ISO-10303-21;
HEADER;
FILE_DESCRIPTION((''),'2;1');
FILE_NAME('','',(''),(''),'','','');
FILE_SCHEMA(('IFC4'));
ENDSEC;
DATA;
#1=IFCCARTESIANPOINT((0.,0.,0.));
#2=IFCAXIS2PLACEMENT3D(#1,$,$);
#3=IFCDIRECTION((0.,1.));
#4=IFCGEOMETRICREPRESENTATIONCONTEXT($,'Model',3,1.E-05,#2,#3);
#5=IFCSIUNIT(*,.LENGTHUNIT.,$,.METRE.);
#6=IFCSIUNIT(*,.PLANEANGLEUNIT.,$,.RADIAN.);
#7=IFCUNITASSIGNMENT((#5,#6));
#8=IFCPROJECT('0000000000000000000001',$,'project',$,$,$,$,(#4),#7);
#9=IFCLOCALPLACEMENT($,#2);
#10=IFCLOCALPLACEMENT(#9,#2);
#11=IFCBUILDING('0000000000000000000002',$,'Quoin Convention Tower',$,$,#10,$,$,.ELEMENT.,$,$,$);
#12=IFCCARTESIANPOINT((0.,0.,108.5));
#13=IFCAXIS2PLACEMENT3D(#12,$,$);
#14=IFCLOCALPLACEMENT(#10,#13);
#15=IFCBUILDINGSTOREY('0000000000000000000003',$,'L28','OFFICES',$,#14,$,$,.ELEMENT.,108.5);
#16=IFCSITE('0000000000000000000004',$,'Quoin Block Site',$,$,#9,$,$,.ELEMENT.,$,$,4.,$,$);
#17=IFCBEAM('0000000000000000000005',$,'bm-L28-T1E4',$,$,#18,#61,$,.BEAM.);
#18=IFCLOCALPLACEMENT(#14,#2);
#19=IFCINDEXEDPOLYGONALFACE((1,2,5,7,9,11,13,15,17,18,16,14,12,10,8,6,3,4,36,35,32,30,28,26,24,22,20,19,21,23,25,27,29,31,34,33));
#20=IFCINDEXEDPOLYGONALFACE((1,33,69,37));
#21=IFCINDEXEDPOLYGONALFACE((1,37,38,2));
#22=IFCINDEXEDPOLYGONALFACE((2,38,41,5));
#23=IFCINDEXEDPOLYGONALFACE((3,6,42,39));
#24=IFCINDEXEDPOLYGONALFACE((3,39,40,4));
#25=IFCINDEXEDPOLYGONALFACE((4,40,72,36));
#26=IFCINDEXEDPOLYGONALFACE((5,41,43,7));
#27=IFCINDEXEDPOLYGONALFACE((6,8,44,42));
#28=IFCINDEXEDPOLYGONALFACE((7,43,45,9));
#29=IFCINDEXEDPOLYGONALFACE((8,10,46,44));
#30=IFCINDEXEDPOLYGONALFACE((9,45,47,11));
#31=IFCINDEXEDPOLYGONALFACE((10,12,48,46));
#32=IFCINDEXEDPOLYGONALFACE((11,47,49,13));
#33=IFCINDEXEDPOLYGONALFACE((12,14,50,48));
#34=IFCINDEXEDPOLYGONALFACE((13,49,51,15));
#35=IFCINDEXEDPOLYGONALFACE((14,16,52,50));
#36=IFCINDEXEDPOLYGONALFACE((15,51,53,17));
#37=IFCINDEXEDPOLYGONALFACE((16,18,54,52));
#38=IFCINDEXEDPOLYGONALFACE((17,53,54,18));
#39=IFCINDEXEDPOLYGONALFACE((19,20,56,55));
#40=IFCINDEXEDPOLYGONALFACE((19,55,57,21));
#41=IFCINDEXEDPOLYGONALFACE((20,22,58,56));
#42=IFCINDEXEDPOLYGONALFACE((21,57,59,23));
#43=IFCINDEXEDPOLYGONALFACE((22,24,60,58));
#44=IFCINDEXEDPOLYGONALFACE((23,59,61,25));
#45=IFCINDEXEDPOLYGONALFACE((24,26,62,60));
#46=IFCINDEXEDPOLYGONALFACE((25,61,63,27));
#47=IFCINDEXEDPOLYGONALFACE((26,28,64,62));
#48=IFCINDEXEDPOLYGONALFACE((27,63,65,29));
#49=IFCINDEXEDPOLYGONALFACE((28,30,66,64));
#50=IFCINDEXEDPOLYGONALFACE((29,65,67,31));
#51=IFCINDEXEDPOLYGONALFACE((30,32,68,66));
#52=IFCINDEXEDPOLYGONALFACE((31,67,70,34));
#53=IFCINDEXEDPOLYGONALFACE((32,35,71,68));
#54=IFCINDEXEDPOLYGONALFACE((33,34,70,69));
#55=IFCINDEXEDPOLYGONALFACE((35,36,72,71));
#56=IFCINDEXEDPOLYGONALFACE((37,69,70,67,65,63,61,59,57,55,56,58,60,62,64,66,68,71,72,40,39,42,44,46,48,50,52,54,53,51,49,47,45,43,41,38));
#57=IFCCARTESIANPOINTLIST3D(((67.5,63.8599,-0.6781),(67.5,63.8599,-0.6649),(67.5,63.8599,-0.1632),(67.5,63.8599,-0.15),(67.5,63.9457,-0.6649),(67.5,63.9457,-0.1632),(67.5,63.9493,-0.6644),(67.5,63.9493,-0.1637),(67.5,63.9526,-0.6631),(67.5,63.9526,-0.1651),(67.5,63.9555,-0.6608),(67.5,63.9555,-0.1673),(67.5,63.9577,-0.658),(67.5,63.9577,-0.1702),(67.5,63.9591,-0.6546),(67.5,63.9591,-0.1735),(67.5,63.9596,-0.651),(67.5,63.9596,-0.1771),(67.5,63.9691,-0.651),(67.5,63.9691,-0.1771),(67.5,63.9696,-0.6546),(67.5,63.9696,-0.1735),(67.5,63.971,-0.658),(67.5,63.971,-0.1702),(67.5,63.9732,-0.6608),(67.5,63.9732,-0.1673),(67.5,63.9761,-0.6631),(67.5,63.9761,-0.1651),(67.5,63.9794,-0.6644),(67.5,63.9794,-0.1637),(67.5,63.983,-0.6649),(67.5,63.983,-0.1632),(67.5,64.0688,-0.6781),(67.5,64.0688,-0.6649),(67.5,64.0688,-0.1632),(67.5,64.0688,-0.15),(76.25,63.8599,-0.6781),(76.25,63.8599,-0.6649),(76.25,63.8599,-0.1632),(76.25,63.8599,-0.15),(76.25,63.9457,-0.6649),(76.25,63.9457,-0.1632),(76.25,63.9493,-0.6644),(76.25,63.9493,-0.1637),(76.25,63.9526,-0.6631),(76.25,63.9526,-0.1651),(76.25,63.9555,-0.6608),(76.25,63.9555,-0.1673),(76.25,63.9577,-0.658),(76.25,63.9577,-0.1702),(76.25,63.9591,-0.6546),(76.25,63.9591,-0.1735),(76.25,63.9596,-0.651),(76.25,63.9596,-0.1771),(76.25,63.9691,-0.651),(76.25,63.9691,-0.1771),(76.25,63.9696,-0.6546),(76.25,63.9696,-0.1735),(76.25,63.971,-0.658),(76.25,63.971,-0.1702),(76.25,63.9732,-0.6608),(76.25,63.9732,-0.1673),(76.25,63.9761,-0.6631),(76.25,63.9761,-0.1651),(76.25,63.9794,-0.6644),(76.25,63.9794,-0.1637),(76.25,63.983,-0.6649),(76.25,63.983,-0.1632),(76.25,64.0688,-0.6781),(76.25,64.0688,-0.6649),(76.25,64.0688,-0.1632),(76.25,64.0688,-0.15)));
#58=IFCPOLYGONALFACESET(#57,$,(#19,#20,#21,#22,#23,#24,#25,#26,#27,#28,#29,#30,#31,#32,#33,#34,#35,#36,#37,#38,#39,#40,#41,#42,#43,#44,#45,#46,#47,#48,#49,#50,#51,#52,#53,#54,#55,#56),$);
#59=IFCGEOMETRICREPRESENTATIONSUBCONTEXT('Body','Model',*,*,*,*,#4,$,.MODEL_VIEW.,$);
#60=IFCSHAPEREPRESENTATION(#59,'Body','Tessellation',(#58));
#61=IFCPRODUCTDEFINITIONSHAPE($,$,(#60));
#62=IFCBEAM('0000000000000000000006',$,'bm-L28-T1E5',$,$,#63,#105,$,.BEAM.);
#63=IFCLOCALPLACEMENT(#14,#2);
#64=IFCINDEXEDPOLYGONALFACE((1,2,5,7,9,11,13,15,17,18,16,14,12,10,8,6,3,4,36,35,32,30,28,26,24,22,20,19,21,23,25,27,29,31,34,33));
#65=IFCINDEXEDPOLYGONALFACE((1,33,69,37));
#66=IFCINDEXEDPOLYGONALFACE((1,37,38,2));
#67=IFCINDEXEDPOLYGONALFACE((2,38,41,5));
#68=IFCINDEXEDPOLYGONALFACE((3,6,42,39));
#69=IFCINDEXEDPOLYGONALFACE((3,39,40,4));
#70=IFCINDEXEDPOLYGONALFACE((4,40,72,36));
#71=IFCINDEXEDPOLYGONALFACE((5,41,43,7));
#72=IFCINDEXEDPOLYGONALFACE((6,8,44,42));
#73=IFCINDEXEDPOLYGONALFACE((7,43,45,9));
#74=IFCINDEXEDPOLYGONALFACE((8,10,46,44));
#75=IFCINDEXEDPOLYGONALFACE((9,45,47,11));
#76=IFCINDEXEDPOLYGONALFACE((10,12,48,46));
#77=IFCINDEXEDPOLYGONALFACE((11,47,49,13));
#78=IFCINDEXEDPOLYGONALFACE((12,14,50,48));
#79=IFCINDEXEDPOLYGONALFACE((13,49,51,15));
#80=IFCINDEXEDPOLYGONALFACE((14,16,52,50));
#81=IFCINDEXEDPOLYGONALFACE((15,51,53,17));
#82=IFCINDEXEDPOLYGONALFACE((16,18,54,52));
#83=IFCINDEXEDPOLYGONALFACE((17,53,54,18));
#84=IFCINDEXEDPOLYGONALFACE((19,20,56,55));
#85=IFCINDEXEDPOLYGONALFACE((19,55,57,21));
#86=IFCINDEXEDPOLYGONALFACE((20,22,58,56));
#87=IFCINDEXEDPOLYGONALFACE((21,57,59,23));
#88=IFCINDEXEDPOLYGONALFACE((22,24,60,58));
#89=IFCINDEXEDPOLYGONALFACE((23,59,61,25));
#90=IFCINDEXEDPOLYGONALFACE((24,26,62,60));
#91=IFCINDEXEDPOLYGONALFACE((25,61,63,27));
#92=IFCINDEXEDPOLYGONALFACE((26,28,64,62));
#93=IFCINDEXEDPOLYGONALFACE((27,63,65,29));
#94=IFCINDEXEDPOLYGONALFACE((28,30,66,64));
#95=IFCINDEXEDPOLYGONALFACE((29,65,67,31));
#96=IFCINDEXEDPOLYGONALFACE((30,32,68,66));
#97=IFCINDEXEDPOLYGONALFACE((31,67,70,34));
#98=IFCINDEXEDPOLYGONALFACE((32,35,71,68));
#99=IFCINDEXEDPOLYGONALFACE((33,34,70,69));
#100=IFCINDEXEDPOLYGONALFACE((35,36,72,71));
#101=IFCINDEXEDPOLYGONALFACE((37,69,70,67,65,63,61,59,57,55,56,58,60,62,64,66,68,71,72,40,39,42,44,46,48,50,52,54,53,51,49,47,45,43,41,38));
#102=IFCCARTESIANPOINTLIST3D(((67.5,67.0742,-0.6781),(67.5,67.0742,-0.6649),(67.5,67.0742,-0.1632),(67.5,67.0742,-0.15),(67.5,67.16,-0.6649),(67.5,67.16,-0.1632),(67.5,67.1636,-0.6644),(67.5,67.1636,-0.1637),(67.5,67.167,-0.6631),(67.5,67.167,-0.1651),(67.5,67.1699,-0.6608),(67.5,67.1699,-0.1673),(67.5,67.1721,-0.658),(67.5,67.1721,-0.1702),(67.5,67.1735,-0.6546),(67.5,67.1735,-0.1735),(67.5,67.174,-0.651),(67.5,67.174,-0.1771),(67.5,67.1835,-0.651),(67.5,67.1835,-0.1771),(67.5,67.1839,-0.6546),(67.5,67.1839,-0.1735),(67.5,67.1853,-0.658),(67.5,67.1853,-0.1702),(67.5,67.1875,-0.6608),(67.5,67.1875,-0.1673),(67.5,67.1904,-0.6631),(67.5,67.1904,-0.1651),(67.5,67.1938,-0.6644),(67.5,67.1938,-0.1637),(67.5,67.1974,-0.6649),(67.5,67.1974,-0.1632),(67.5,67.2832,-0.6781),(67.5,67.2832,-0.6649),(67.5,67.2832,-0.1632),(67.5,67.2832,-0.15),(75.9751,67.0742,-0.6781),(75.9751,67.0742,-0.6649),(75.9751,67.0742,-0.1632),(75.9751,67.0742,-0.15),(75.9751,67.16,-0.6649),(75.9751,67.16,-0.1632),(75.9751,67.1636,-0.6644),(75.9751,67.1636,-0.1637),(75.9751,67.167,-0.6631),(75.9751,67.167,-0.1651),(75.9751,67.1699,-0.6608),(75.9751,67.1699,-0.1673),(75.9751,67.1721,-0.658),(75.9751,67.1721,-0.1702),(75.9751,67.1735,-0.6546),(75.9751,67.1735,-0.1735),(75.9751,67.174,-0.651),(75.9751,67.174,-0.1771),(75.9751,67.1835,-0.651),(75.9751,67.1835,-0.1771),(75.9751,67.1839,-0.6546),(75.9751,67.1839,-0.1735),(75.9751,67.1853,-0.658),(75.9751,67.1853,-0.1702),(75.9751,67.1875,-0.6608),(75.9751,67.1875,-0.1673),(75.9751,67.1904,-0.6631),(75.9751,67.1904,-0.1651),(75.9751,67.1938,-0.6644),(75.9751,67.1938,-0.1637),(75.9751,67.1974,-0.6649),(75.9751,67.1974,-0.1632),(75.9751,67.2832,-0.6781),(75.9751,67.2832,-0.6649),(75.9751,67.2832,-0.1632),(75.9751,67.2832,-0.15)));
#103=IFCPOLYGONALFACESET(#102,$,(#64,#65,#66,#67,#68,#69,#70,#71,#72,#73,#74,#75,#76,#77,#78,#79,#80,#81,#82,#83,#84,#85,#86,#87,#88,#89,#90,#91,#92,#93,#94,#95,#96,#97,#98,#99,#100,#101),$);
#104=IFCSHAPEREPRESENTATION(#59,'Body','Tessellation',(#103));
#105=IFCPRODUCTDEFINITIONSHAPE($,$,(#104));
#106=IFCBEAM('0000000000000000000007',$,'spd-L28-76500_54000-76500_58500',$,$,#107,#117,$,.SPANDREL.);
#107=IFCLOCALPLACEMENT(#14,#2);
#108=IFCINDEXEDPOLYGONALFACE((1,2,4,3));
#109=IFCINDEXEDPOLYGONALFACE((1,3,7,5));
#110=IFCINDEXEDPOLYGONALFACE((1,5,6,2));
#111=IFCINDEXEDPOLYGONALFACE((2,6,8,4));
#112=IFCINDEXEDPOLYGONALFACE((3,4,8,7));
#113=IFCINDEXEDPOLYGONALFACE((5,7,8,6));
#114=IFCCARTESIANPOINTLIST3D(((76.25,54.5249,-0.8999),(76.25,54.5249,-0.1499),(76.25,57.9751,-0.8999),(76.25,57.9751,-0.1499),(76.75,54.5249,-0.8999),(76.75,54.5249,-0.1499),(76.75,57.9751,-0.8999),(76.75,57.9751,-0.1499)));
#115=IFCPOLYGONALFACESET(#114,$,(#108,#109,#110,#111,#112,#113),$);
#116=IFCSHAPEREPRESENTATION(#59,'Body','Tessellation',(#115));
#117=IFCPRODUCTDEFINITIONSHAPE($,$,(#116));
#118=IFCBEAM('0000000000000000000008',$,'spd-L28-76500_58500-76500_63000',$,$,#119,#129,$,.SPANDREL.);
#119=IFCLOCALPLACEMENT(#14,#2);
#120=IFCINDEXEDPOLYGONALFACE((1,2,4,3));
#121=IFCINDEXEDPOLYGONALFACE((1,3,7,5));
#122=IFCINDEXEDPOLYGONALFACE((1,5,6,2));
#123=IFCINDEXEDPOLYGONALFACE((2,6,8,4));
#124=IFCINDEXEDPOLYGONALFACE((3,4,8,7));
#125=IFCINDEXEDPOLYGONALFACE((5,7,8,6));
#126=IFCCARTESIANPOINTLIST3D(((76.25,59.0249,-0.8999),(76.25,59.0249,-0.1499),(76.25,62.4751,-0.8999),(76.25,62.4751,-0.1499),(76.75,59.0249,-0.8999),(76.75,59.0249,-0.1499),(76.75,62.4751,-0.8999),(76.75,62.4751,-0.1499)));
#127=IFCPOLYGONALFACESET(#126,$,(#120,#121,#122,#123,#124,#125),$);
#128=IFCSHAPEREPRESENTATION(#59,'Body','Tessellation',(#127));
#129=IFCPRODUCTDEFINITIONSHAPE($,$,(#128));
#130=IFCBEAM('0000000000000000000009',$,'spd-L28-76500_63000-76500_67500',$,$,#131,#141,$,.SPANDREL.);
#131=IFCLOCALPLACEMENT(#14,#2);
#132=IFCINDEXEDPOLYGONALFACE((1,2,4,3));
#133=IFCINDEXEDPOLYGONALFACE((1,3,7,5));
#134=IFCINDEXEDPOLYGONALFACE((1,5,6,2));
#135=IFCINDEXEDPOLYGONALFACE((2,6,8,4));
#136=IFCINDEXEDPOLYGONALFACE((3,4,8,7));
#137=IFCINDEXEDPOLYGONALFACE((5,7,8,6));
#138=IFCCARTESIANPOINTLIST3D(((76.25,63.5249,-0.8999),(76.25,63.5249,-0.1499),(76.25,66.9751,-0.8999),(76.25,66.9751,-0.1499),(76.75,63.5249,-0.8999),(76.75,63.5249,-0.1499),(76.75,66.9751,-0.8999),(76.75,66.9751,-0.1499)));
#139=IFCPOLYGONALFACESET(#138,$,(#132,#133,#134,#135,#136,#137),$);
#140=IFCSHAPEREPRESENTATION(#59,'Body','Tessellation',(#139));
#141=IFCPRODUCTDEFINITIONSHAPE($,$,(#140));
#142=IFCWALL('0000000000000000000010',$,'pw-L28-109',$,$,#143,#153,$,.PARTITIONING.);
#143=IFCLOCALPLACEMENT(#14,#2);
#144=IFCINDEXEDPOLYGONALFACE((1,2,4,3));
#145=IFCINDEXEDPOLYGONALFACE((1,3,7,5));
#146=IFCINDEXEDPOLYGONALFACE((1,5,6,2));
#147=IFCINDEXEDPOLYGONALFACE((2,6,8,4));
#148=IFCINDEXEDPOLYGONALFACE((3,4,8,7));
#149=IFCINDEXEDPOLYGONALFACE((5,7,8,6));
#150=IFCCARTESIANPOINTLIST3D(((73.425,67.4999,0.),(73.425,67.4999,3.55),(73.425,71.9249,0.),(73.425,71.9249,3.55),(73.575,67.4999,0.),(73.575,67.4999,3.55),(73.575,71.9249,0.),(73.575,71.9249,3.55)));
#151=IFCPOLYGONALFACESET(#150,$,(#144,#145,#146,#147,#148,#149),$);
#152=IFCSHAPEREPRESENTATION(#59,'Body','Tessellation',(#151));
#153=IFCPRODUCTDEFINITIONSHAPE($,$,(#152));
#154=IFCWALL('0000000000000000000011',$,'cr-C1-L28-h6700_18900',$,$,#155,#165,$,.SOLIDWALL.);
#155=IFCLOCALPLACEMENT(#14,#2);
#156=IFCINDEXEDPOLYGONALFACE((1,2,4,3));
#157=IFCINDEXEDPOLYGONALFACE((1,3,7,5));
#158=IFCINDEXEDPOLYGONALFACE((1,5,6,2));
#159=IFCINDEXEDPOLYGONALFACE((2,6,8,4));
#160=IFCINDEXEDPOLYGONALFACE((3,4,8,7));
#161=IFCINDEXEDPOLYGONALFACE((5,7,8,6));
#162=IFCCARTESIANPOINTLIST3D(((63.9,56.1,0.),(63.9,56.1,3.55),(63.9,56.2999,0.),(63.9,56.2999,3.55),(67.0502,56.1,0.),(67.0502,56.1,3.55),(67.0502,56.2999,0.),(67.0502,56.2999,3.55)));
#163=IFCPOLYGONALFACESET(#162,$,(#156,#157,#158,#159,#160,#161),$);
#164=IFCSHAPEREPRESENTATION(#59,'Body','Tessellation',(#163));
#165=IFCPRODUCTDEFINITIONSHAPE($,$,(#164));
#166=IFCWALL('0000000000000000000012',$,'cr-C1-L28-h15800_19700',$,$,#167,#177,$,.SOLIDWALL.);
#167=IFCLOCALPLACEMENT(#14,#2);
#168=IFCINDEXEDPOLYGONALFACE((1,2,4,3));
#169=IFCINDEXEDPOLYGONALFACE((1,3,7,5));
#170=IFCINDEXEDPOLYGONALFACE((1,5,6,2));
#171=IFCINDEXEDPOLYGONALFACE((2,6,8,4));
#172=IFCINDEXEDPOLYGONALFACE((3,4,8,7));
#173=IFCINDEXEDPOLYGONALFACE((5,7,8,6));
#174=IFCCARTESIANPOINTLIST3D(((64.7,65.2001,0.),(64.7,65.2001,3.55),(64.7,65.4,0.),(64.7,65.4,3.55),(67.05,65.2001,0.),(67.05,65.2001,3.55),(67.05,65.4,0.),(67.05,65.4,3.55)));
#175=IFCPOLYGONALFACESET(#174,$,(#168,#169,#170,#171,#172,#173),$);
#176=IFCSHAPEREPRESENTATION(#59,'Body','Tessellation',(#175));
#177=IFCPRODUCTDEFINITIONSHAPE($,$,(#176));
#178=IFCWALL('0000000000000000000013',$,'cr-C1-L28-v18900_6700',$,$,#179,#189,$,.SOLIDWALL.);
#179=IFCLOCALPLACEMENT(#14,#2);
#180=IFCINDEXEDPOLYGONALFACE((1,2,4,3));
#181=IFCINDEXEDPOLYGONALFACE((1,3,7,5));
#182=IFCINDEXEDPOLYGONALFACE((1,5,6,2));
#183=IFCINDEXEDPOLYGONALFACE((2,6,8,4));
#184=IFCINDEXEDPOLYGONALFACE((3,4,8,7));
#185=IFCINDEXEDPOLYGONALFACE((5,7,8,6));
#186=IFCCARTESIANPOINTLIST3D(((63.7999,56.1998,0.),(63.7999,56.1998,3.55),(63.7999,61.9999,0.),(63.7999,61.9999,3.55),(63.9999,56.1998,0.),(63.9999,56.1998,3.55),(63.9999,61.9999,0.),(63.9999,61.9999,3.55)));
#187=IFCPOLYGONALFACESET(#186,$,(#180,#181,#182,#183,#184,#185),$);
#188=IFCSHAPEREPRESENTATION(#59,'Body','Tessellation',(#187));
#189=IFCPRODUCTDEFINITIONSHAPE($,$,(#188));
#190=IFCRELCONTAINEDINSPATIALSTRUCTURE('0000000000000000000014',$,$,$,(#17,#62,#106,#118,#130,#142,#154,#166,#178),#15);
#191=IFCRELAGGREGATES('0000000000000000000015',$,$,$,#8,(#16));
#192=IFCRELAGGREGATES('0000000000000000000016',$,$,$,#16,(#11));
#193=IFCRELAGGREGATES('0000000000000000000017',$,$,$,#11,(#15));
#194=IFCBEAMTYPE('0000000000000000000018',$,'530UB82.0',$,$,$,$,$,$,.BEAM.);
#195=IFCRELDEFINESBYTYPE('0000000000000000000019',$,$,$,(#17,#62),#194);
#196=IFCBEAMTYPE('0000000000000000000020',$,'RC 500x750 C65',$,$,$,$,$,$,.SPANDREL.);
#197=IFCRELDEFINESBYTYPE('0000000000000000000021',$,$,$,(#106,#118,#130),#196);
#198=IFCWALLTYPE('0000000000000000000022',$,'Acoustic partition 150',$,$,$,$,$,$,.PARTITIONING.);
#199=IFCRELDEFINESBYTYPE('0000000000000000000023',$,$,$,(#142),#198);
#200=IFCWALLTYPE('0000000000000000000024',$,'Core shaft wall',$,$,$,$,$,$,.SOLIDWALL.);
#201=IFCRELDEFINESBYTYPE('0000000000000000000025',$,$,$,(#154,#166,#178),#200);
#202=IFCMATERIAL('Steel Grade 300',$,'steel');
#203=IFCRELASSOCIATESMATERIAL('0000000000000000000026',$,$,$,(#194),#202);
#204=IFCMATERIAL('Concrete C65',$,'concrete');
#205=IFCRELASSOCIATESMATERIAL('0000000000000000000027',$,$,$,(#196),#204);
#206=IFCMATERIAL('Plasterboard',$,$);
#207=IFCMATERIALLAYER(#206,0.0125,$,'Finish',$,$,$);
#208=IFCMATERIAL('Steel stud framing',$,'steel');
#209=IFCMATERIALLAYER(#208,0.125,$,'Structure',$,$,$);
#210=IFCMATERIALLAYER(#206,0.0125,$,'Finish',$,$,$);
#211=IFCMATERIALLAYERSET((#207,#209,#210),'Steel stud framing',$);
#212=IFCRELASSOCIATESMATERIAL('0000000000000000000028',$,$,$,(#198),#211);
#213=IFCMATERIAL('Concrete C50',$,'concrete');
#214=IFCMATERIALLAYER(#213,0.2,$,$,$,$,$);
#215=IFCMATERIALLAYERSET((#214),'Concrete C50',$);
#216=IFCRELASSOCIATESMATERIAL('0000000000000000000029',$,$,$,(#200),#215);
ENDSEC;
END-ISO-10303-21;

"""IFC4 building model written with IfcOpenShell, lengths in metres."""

from ifc_helpers import new_model, si_unit, direction, frame, frame_2d, origin, origin_2d, place, context, subcontext, project, spatial, rectangle, i_section, extrude, material, layer, layer_set, material_profile, profile_set, type_object, element, save


model = new_model("IFC4")

# Units and contexts
model_context = context("Model", 3, precision=1e-05, world=origin(), true_north=direction((0.0, 1.0)))
body_context = subcontext(model_context, "Body", "Model", "MODEL_VIEW")
ifc_project = project(units=[si_unit("LENGTHUNIT", "METRE"), si_unit("PLANEANGLEUNIT", "RADIAN")], contexts=[model_context])

# Site, building, storey
site_placement = place(None, origin())
site = spatial("IfcSite", under=ifc_project, at=site_placement, Name="Quoin Block Site", CompositionType="ELEMENT", RefElevation=4.0)
building_placement = place(site_placement, origin())
building = spatial("IfcBuilding", under=site, at=building_placement, Name="Quoin Convention Tower", CompositionType="ELEMENT")
storey_placement = place(building_placement, frame((0.0, 0.0, 108.5)))
storey = spatial("IfcBuildingStorey", under=building, at=storey_placement, Name="L28", Description="OFFICES", CompositionType="ELEMENT", Elevation=108.5)

# Shared definitions
ifc_material_1 = material(Name="Concrete C65", Category="concrete")

# Beams
ifc_material_2 = material(Name="Steel Grade 300", Category="steel")
ifc_material_profile_1 = material_profile(ifc_material_2, i_section(OverallWidth=0.209, OverallDepth=0.5281, WebThickness=0.0095, FlangeThickness=0.0132, FilletRadius=0.0139, at=origin_2d()), Name="530UB82.0")
ifc_profile_set_1 = profile_set([ifc_material_profile_1], Name="Steel Grade 300")
beam_type_1 = type_object("IfcBeamType", Name="530UB82.0", PredefinedType="BEAM", material=ifc_profile_set_1)
for number, where, z_axis, x_axis, name in (
    (1, (67.5, 63.9644, -0.4141), (1.0, 0.0, 0.0), (0.0, 1.0, 0.0), "bm-L28-T1E4"),
):
    element("IfcBeam", number, at=place(storey_placement, frame(where, z_axis=z_axis, x_axis=x_axis)), inside=storey, type_object=beam_type_1, Name=name, PredefinedType="BEAM", context=body_context, shape_type="SweptSolid", body=[
        extrude(i_section(OverallWidth=0.209, OverallDepth=0.5281, WebThickness=0.0095, FlangeThickness=0.0132, FilletRadius=0.0139, at=origin_2d()), origin(), (0.0, 0.0, 1.0), 8.75),
    ])
beam_1_placement = place(storey_placement, frame((67.5, 67.1787, -0.4141), z_axis=(1.0, 0.0, 0.0), x_axis=(0.0, 1.0, 0.0)))
element("IfcBeam", 2, at=beam_1_placement, inside=storey, type_object=beam_type_1, Name="bm-L28-T1E5", PredefinedType="BEAM", context=body_context, shape_type="SweptSolid", body=[
    extrude(i_section(OverallWidth=0.209, OverallDepth=0.5281, WebThickness=0.0095, FlangeThickness=0.0132, FilletRadius=0.0139, at=origin_2d()), origin(), (0.0, 0.0, 1.0), 8.4751),
])
ifc_material_profile_2 = material_profile(ifc_material_1, rectangle(XDim=0.5, YDim=0.75, at=origin_2d()), Name="RC 500x750")
ifc_profile_set_2 = profile_set([ifc_material_profile_2], Name="Concrete C65")
beam_type_2 = type_object("IfcBeamType", Name="RC 500x750 C65", PredefinedType="SPANDREL", material=ifc_profile_set_2)
for number, where, z_axis, x_axis, name in (
    (3, (76.5, 54.5249, -0.5249), (0.0, 1.0, 0.0), (-1.0, 0.0, 0.0), "spd-L28-76500_54000-76500_58500"),
    (4, (76.5, 59.0249, -0.5249), (0.0, 1.0, 0.0), (-1.0, 0.0, 0.0), "spd-L28-76500_58500-76500_63000"),
    (5, (76.5, 63.5249, -0.5249), (0.0, 1.0, 0.0), (-1.0, 0.0, 0.0), "spd-L28-76500_63000-76500_67500"),
):
    element("IfcBeam", number, at=place(storey_placement, frame(where, z_axis=z_axis, x_axis=x_axis)), inside=storey, type_object=beam_type_2, Name=name, PredefinedType="SPANDREL", context=body_context, shape_type="SweptSolid", body=[
        extrude(rectangle(XDim=0.5, YDim=0.75, at=origin_2d()), origin(), (0.0, 0.0, 1.0), 3.4502),
    ])

# Walls
ifc_material_3 = material(Name="Plasterboard")
ifc_layer_1 = layer(ifc_material_3, 0.0125, Name="Finish")
ifc_material_4 = material(Name="Steel stud framing", Category="steel")
ifc_layer_2 = layer(ifc_material_4, 0.125, Name="Structure")
ifc_layer_3 = layer(ifc_material_3, 0.0125, Name="Finish")
ifc_layer_set_1 = layer_set([ifc_layer_1, ifc_layer_2, ifc_layer_3], Name="Steel stud framing")
wall_type_1 = type_object("IfcWallType", Name="Acoustic partition 150", PredefinedType="PARTITIONING", material=ifc_layer_set_1)
wall_1_placement = place(storey_placement, frame((73.5, 67.5, 0.0), z_axis=(0.0, 0.0, 1.0), x_axis=(0.0, 1.0, 0.0)))
element("IfcWall", 6, at=wall_1_placement, inside=storey, type_object=wall_type_1, Name="pw-L28-109", PredefinedType="PARTITIONING", context=body_context, shape_type="SweptSolid", body=[
    extrude(rectangle(XDim=4.425, YDim=0.1499, at=frame_2d((2.2124, 0.0))), origin(), (0.0, 0.0, 1.0), 3.55),
])
ifc_material_5 = material(Name="Concrete C50", Category="concrete")
ifc_layer_4 = layer(ifc_material_5, 0.2)
ifc_layer_set_2 = layer_set([ifc_layer_4], Name="Concrete C50")
wall_type_2 = type_object("IfcWallType", Name="Core shaft wall", PredefinedType="SOLIDWALL", material=ifc_layer_set_2)
wall_2_placement = place(storey_placement, frame((63.8999, 56.2, 0.0), z_axis=(0.0, 0.0, 1.0), x_axis=(1.0, 0.0, 0.0)))
element("IfcWall", 7, at=wall_2_placement, inside=storey, type_object=wall_type_2, Name="cr-C1-L28-h6700_18900", PredefinedType="SOLIDWALL", context=body_context, shape_type="SweptSolid", body=[
    extrude(rectangle(XDim=3.1501, YDim=0.2, at=frame_2d((1.5752, 0.0))), origin(), (0.0, 0.0, 1.0), 3.55),
])
wall_3_placement = place(storey_placement, frame((64.7, 65.3, 0.0), z_axis=(0.0, 0.0, 1.0), x_axis=(1.0, 0.0, 0.0)))
element("IfcWall", 8, at=wall_3_placement, inside=storey, type_object=wall_type_2, Name="cr-C1-L28-h15800_19700", PredefinedType="SOLIDWALL", context=body_context, shape_type="SweptSolid", body=[
    extrude(rectangle(XDim=2.3501, YDim=0.2, at=frame_2d((1.175, 0.0))), origin(), (0.0, 0.0, 1.0), 3.55),
])
wall_4_placement = place(storey_placement, frame((63.8999, 56.2, 0.0), z_axis=(0.0, 0.0, 1.0), x_axis=(0.0, 1.0, 0.0)))
element("IfcWall", 9, at=wall_4_placement, inside=storey, type_object=wall_type_2, Name="cr-C1-L28-v18900_6700", PredefinedType="SOLIDWALL", context=body_context, shape_type="SweptSolid", body=[
    extrude(rectangle(XDim=5.8, YDim=0.2, at=frame_2d((2.8999, 0.0))), origin(), (0.0, 0.0, 1.0), 3.55),
])

save(model, "model.ifc")
